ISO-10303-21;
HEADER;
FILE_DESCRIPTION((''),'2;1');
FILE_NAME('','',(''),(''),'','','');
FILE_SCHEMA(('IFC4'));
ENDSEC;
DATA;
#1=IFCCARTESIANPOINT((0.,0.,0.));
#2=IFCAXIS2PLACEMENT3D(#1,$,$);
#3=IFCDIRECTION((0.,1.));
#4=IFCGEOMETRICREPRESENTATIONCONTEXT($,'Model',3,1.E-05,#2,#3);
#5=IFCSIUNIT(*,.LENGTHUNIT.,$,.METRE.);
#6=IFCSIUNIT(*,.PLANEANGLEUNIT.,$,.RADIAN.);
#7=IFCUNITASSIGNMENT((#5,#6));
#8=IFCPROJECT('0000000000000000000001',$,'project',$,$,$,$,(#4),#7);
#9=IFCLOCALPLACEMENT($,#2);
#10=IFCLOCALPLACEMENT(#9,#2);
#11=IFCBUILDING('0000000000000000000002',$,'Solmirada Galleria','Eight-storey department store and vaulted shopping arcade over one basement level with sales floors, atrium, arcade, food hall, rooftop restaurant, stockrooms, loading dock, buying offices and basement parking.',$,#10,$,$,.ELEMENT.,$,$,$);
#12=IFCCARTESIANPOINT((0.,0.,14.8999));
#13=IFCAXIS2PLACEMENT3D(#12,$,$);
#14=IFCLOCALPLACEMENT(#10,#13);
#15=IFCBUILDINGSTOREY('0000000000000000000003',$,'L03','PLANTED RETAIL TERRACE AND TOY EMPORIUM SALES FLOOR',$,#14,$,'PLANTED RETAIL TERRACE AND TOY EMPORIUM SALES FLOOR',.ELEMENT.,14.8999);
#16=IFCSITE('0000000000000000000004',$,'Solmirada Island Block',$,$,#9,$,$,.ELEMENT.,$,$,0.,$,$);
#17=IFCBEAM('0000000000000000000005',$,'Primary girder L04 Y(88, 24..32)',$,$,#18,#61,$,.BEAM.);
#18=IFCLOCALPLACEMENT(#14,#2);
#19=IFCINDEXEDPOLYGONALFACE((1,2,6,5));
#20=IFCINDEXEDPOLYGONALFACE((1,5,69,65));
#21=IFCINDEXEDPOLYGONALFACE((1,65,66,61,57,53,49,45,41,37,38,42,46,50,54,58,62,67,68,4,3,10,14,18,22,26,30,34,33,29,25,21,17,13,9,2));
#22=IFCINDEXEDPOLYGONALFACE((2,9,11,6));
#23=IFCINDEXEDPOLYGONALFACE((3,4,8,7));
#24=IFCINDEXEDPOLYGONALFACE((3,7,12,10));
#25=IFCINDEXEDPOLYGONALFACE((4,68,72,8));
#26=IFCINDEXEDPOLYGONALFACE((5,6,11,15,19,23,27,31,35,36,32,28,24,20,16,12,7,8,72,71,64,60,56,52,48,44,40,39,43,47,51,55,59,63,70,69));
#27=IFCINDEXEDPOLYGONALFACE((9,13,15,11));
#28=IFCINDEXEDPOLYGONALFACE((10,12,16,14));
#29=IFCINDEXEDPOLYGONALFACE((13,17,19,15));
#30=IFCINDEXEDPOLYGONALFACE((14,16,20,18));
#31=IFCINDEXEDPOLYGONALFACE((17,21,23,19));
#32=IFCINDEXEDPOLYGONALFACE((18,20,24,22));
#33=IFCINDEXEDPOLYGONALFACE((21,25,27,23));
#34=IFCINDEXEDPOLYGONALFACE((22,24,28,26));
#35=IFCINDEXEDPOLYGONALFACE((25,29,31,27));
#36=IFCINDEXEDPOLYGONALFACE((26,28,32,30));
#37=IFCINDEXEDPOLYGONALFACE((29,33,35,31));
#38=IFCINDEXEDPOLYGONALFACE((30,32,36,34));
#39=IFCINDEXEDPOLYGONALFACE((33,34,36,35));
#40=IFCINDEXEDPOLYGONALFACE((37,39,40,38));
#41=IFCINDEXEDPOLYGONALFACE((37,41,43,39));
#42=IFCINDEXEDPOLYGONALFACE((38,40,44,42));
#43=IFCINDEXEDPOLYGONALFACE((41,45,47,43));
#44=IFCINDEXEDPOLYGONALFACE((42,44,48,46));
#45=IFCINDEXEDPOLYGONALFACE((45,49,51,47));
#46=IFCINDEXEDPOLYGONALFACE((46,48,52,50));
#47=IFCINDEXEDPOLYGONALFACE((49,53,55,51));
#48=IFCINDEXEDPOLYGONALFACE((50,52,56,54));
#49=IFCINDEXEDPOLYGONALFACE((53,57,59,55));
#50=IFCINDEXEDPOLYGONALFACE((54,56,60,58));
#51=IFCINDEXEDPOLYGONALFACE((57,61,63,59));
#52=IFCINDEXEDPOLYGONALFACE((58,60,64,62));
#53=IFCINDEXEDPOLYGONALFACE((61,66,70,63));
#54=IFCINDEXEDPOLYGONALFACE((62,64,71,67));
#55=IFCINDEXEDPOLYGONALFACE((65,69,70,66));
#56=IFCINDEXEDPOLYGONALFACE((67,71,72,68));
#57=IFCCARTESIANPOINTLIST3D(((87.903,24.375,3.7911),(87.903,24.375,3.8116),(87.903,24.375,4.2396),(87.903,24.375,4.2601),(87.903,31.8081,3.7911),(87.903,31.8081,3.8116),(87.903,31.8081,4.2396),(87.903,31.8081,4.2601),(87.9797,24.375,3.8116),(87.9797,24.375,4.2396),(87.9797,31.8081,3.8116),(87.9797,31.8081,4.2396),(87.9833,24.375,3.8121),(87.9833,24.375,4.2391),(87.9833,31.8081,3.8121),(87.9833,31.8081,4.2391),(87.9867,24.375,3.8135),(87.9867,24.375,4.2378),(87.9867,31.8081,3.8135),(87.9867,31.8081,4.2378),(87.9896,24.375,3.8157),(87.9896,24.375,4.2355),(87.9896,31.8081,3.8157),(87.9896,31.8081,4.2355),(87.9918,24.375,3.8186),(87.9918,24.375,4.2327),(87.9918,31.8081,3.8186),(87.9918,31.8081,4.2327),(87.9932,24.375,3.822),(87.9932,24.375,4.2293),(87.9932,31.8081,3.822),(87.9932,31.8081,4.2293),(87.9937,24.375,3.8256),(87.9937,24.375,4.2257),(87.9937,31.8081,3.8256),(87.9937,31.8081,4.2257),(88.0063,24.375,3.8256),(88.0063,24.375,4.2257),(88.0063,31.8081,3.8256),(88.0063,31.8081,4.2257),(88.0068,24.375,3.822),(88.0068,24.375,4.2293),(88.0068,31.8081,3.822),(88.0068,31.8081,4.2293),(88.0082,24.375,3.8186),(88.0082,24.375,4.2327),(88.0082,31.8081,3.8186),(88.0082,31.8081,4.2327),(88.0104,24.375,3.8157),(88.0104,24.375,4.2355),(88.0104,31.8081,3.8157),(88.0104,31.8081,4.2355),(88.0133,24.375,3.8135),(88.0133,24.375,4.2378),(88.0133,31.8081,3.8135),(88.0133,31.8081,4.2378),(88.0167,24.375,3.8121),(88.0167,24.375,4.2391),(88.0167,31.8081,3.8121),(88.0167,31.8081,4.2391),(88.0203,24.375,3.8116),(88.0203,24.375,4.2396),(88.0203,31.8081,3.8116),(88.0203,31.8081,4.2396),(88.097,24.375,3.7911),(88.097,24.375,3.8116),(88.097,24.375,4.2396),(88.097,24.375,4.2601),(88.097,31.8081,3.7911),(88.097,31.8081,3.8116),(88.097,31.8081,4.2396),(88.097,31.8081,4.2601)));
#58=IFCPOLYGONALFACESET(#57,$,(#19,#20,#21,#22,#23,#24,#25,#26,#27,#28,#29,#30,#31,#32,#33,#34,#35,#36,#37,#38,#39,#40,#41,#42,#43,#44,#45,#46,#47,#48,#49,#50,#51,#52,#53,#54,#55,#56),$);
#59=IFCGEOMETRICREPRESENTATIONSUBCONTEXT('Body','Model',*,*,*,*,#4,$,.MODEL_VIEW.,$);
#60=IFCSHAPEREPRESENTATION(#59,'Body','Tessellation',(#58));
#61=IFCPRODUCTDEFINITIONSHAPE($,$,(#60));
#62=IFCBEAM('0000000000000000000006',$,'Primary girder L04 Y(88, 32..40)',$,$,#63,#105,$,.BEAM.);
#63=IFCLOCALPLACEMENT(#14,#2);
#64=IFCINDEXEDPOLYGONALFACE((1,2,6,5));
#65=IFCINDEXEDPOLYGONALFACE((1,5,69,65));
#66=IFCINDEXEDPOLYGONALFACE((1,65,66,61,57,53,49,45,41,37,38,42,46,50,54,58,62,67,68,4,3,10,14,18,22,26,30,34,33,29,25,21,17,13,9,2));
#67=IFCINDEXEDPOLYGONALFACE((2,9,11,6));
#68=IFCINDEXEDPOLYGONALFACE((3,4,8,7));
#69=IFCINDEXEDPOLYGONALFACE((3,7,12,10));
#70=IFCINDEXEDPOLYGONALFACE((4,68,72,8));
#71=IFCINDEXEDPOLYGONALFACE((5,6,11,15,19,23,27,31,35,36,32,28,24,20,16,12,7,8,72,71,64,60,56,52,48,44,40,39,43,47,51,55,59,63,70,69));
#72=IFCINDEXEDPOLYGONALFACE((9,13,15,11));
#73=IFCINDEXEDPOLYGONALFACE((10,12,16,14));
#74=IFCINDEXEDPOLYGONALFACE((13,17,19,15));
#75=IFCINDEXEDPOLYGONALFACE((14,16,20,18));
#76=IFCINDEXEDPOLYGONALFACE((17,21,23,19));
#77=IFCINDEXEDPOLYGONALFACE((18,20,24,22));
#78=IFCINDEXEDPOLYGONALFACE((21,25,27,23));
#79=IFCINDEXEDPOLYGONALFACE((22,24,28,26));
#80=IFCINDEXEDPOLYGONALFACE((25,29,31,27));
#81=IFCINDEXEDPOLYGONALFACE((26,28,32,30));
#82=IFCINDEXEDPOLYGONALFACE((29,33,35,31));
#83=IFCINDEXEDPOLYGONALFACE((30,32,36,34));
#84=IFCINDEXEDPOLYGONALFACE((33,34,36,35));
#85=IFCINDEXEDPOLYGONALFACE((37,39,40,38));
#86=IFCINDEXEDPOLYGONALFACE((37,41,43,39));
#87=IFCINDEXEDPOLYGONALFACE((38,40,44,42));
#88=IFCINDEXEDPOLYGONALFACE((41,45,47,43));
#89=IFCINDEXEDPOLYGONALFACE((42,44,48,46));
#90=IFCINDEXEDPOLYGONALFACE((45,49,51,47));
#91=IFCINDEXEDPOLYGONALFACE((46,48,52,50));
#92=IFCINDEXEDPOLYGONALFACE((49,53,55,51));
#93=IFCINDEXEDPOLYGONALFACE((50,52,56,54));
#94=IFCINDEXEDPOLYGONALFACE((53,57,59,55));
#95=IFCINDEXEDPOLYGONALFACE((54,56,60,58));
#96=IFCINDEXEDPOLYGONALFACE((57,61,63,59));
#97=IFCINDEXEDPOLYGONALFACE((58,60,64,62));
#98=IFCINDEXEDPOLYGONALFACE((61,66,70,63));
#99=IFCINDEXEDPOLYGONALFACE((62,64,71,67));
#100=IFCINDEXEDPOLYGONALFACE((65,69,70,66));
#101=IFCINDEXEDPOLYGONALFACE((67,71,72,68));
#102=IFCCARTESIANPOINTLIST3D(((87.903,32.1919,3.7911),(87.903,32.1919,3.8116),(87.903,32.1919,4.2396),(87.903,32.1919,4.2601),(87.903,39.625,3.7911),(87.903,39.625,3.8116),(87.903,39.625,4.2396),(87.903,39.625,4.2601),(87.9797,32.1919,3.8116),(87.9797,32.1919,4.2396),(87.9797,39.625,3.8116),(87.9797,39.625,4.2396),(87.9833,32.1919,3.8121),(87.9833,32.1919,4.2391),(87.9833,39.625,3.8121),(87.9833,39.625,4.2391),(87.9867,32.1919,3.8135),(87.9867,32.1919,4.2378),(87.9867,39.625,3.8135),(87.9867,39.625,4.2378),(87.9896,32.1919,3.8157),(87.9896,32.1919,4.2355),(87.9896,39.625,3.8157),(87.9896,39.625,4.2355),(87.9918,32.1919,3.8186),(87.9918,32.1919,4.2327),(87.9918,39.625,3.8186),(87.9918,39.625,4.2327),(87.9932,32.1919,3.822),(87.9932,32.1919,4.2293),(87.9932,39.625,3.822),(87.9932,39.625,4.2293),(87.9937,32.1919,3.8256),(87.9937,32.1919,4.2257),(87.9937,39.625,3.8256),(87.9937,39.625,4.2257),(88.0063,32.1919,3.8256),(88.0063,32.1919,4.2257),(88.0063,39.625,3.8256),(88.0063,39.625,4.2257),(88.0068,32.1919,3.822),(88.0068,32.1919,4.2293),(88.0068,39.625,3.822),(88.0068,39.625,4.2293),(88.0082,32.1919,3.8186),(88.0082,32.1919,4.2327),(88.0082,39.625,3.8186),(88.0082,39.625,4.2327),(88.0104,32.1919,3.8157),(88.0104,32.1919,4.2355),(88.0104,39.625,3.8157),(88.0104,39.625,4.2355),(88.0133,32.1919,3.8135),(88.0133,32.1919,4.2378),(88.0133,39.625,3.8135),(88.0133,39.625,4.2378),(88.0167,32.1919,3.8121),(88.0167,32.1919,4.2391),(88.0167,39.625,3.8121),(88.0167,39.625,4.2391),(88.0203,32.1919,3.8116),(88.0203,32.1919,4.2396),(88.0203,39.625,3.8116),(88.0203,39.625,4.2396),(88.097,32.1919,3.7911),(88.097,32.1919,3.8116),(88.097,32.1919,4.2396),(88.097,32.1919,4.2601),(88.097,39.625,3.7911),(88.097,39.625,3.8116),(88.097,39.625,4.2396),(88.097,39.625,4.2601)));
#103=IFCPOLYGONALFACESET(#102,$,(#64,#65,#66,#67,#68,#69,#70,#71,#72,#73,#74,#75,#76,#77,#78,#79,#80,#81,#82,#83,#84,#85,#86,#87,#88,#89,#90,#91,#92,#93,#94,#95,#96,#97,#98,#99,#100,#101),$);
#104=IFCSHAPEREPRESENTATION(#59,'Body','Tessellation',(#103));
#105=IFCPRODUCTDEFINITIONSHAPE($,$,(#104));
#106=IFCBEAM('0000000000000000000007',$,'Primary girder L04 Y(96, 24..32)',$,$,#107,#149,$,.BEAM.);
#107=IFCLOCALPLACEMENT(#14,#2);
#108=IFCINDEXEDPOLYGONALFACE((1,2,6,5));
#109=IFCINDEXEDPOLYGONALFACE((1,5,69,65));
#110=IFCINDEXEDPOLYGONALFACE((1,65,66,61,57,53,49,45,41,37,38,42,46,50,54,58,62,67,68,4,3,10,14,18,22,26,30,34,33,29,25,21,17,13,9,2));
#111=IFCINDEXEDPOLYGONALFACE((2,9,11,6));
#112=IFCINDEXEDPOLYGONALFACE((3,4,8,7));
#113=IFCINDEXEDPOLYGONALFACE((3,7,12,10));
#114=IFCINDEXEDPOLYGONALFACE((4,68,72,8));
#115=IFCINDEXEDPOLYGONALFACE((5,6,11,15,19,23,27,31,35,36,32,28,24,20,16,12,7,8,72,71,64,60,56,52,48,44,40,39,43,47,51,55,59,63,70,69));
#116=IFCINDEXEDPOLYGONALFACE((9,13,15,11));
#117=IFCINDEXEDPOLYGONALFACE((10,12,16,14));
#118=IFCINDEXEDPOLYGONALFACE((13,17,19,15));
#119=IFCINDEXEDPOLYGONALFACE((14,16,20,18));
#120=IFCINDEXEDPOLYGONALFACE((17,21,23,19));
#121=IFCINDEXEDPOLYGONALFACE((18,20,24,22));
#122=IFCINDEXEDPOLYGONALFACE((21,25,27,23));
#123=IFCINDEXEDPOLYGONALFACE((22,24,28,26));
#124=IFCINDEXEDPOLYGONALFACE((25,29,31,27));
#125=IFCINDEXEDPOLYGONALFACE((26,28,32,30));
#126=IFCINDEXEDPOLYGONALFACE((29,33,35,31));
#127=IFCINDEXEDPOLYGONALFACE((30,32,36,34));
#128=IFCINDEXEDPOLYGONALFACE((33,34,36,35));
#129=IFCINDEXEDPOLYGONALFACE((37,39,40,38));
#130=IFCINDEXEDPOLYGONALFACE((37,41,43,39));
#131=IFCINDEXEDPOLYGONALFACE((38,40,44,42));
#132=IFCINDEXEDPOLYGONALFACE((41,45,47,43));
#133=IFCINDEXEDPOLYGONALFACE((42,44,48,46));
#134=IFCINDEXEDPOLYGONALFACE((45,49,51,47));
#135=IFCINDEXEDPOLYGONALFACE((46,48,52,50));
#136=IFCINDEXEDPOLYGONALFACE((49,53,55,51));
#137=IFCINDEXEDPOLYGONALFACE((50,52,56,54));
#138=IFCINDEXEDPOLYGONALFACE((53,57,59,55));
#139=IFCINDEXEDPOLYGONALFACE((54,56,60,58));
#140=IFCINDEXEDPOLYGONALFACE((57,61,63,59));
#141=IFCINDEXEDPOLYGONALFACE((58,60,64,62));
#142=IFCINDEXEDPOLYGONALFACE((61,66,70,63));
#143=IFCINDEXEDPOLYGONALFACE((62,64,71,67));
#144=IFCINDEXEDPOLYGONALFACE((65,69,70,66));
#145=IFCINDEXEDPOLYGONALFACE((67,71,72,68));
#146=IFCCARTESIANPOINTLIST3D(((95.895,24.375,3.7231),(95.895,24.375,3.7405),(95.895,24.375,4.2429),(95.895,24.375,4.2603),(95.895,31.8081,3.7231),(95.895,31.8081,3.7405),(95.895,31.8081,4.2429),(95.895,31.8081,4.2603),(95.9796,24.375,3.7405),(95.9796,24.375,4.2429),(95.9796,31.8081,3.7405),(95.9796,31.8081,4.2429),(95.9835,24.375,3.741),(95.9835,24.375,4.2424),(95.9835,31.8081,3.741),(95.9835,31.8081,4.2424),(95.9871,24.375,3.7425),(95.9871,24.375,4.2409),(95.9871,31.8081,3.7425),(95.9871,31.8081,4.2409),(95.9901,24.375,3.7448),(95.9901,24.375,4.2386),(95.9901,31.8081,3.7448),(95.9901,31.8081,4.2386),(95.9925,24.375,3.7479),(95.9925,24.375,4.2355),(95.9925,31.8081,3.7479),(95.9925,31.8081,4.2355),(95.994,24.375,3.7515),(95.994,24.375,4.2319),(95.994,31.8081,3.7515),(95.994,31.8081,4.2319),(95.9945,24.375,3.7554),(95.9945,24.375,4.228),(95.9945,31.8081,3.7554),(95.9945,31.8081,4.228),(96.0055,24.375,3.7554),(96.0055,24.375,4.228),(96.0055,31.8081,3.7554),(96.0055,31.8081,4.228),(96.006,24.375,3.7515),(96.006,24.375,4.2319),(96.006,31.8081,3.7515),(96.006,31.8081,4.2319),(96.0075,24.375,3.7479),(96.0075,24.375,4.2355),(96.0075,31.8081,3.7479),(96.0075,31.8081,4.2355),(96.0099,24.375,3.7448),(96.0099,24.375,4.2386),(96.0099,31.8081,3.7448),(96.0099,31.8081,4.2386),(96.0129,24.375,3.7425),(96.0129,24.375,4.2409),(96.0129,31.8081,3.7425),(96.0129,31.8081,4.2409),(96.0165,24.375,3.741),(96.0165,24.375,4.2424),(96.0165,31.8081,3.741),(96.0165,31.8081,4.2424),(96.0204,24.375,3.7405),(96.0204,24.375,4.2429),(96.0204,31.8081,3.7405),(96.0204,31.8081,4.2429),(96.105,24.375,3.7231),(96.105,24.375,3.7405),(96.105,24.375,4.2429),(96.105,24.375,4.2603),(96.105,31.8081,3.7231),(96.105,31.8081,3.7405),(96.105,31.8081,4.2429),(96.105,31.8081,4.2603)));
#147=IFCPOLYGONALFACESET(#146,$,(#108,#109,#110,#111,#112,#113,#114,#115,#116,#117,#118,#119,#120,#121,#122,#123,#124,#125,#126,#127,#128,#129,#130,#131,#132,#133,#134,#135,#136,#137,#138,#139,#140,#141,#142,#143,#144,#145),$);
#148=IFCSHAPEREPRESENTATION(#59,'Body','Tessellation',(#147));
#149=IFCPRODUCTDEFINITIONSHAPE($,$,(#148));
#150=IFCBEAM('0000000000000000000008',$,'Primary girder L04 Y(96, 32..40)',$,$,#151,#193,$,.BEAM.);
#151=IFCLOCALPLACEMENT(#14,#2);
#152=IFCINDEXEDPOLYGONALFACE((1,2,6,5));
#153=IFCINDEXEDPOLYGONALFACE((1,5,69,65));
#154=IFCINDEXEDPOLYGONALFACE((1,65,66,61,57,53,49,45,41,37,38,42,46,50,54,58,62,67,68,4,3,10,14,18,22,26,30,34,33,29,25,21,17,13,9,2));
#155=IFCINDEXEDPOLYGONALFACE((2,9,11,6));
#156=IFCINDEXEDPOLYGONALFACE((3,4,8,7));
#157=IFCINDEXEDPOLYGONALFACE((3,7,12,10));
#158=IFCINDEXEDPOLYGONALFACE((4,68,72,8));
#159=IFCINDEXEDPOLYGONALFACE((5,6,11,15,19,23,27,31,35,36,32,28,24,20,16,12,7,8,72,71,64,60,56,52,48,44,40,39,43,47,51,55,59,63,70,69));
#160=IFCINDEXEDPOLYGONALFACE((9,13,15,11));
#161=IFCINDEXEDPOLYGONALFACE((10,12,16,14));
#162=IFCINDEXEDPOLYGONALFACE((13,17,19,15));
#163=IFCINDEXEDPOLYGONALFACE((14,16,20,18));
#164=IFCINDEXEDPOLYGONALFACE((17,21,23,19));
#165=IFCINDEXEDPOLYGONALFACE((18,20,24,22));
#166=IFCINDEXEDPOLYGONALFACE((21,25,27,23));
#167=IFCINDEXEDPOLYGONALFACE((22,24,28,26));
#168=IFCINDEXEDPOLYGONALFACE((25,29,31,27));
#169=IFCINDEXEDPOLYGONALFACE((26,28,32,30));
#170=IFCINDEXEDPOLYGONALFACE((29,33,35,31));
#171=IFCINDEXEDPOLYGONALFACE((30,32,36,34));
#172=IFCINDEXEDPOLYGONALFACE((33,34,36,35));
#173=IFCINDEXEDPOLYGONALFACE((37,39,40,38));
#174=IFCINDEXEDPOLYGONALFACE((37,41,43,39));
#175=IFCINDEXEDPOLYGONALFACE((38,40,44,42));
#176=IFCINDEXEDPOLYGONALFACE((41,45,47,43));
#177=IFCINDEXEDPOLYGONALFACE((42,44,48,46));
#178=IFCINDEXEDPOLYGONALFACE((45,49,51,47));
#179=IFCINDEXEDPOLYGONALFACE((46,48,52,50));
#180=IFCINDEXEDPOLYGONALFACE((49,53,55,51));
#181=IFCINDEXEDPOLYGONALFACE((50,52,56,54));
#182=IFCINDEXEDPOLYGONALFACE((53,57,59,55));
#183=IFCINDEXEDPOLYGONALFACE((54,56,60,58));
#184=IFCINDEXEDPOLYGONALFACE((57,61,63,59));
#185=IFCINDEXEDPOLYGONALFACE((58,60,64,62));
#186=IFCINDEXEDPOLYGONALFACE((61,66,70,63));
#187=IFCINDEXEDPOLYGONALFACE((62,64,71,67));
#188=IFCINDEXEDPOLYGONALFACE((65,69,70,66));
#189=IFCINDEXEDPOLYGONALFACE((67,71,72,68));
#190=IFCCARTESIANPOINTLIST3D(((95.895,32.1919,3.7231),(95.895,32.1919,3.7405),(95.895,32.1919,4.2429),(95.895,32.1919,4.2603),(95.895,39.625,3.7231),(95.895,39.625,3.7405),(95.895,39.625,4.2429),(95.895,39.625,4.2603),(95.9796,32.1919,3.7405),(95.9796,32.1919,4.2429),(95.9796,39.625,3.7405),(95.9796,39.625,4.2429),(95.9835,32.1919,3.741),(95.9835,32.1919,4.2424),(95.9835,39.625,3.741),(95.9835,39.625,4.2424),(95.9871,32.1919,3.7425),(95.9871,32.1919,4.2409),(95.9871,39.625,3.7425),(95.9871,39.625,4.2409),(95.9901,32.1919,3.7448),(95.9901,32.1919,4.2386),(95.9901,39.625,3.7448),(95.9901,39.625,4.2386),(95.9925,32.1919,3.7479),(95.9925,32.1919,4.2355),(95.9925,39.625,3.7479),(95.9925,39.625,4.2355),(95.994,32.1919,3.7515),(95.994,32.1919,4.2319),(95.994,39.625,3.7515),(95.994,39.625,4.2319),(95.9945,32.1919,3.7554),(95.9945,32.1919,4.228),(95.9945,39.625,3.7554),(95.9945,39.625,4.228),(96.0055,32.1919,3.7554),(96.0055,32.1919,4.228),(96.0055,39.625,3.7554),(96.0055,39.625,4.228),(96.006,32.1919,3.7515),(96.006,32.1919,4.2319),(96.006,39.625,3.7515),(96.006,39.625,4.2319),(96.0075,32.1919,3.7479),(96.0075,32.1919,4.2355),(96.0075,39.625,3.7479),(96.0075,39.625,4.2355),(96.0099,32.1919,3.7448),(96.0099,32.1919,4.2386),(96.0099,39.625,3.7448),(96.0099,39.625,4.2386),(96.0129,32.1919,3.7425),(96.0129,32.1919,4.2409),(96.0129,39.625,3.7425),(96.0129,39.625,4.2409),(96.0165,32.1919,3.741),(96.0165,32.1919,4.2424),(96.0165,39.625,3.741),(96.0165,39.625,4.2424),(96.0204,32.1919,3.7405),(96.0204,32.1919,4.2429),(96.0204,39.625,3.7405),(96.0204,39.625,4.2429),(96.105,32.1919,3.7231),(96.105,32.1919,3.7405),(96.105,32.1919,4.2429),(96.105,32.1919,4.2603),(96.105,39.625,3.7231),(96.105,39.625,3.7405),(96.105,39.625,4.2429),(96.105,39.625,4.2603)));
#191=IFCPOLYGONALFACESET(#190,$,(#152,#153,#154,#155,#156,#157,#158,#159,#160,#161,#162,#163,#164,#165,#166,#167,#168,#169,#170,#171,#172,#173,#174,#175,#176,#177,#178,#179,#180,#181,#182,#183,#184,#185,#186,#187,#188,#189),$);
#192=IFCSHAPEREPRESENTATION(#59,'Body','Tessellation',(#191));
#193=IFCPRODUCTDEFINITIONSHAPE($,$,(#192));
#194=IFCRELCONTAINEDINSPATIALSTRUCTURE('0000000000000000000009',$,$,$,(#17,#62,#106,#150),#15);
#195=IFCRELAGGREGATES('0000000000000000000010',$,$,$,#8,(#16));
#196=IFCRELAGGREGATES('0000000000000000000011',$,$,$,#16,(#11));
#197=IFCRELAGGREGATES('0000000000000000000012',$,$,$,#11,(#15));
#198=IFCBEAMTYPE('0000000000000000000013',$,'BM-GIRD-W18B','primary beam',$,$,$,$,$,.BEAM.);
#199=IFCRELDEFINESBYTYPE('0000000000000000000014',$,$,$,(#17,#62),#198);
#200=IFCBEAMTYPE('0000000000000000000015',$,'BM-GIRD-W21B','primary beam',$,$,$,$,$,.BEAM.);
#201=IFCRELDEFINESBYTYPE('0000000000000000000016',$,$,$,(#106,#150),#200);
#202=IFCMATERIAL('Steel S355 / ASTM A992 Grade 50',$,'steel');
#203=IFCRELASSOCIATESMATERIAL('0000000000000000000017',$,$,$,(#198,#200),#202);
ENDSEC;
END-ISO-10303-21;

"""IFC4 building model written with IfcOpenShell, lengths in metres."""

from ifc_helpers import new_model, si_unit, direction, frame, origin, origin_2d, place, context, subcontext, project, spatial, i_section, extrude, material, material_profile, profile_set, type_object, element, save


model = new_model("IFC4")

# Units and contexts
model_context = context("Model", 3, precision=1e-05, world=origin(), true_north=direction((0.0, 1.0)))
body_context = subcontext(model_context, "Body", "Model", "MODEL_VIEW")
ifc_project = project(units=[si_unit("LENGTHUNIT", "METRE"), si_unit("PLANEANGLEUNIT", "RADIAN")], contexts=[model_context])

# Site, building, storey
site_placement = place(None, origin())
site = spatial("IfcSite", under=ifc_project, at=site_placement, Name="Solmirada Island Block", CompositionType="ELEMENT", RefElevation=0.0)
building_placement = place(site_placement, origin())
building = spatial("IfcBuilding", under=site, at=building_placement, Name="Solmirada Galleria", Description="Eight-storey department store and vaulted shopping arcade over one basement level with sales floors, atrium, arcade, food hall, rooftop restaurant, stockrooms, loading dock, buying offices and basement parking.", CompositionType="ELEMENT")
storey_placement = place(building_placement, frame((0.0, 0.0, 14.8999)))
storey = spatial("IfcBuildingStorey", under=building, at=storey_placement, Name="L03", Description="PLANTED RETAIL TERRACE AND TOY EMPORIUM SALES FLOOR", LongName="PLANTED RETAIL TERRACE AND TOY EMPORIUM SALES FLOOR", CompositionType="ELEMENT", Elevation=14.8999)

# Beams
ifc_material_1 = material(Name="Steel S355 / ASTM A992 Grade 50", Category="steel")
ifc_material_profile_1 = material_profile(ifc_material_1, i_section(OverallWidth=0.1941, OverallDepth=0.469, WebThickness=0.0127, FlangeThickness=0.0205, FilletRadius=0.0139, at=origin_2d()), Name="W18X71")
ifc_profile_set_1 = profile_set([ifc_material_profile_1], Name="Steel S355 / ASTM A992 Grade 50")
beam_type_1 = type_object("IfcBeamType", Name="BM-GIRD-W18B", Description="primary beam", PredefinedType="BEAM", material=ifc_profile_set_1)
for number, where, z_axis, x_axis, name in (
    (1, (88.0, 24.375, 4.0256), (0.0, 1.0, 0.0), (-1.0, 0.0, 0.0), "Primary girder L04 Y(88, 24..32)"),
    (2, (88.0, 32.1919, 4.0256), (0.0, 1.0, 0.0), (-1.0, 0.0, 0.0), "Primary girder L04 Y(88, 32..40)"),
):
    element("IfcBeam", number, at=place(storey_placement, frame(where, z_axis=z_axis, x_axis=x_axis)), inside=storey, type_object=beam_type_1, Name=name, PredefinedType="BEAM", context=body_context, shape_type="SweptSolid", body=[
        extrude(i_section(OverallWidth=0.1941, OverallDepth=0.469, WebThickness=0.0127, FlangeThickness=0.0205, FilletRadius=0.0139, at=origin_2d()), origin(), (0.0, 0.0, 1.0), 7.4331),
    ])
ifc_material_profile_2 = material_profile(ifc_material_1, i_section(OverallWidth=0.21, OverallDepth=0.5371, WebThickness=0.011, FlangeThickness=0.0173, FilletRadius=0.0149, at=origin_2d()), Name="W21X68")
ifc_profile_set_2 = profile_set([ifc_material_profile_2], Name="Steel S355 / ASTM A992 Grade 50")
beam_type_2 = type_object("IfcBeamType", Name="BM-GIRD-W21B", Description="primary beam", PredefinedType="BEAM", material=ifc_profile_set_2)
for number, where, z_axis, x_axis, name in (
    (3, (96.0, 24.375, 3.9917), (0.0, 1.0, 0.0), (-1.0, 0.0, 0.0), "Primary girder L04 Y(96, 24..32)"),
    (4, (96.0, 32.1919, 3.9917), (0.0, 1.0, 0.0), (-1.0, 0.0, 0.0), "Primary girder L04 Y(96, 32..40)"),
):
    element("IfcBeam", number, at=place(storey_placement, frame(where, z_axis=z_axis, x_axis=x_axis)), inside=storey, type_object=beam_type_2, Name=name, PredefinedType="BEAM", context=body_context, shape_type="SweptSolid", body=[
        extrude(i_section(OverallWidth=0.21, OverallDepth=0.5371, WebThickness=0.011, FlangeThickness=0.0173, FilletRadius=0.0149, at=origin_2d()), origin(), (0.0, 0.0, 1.0), 7.4331),
    ])

save(model, "model.ifc")
